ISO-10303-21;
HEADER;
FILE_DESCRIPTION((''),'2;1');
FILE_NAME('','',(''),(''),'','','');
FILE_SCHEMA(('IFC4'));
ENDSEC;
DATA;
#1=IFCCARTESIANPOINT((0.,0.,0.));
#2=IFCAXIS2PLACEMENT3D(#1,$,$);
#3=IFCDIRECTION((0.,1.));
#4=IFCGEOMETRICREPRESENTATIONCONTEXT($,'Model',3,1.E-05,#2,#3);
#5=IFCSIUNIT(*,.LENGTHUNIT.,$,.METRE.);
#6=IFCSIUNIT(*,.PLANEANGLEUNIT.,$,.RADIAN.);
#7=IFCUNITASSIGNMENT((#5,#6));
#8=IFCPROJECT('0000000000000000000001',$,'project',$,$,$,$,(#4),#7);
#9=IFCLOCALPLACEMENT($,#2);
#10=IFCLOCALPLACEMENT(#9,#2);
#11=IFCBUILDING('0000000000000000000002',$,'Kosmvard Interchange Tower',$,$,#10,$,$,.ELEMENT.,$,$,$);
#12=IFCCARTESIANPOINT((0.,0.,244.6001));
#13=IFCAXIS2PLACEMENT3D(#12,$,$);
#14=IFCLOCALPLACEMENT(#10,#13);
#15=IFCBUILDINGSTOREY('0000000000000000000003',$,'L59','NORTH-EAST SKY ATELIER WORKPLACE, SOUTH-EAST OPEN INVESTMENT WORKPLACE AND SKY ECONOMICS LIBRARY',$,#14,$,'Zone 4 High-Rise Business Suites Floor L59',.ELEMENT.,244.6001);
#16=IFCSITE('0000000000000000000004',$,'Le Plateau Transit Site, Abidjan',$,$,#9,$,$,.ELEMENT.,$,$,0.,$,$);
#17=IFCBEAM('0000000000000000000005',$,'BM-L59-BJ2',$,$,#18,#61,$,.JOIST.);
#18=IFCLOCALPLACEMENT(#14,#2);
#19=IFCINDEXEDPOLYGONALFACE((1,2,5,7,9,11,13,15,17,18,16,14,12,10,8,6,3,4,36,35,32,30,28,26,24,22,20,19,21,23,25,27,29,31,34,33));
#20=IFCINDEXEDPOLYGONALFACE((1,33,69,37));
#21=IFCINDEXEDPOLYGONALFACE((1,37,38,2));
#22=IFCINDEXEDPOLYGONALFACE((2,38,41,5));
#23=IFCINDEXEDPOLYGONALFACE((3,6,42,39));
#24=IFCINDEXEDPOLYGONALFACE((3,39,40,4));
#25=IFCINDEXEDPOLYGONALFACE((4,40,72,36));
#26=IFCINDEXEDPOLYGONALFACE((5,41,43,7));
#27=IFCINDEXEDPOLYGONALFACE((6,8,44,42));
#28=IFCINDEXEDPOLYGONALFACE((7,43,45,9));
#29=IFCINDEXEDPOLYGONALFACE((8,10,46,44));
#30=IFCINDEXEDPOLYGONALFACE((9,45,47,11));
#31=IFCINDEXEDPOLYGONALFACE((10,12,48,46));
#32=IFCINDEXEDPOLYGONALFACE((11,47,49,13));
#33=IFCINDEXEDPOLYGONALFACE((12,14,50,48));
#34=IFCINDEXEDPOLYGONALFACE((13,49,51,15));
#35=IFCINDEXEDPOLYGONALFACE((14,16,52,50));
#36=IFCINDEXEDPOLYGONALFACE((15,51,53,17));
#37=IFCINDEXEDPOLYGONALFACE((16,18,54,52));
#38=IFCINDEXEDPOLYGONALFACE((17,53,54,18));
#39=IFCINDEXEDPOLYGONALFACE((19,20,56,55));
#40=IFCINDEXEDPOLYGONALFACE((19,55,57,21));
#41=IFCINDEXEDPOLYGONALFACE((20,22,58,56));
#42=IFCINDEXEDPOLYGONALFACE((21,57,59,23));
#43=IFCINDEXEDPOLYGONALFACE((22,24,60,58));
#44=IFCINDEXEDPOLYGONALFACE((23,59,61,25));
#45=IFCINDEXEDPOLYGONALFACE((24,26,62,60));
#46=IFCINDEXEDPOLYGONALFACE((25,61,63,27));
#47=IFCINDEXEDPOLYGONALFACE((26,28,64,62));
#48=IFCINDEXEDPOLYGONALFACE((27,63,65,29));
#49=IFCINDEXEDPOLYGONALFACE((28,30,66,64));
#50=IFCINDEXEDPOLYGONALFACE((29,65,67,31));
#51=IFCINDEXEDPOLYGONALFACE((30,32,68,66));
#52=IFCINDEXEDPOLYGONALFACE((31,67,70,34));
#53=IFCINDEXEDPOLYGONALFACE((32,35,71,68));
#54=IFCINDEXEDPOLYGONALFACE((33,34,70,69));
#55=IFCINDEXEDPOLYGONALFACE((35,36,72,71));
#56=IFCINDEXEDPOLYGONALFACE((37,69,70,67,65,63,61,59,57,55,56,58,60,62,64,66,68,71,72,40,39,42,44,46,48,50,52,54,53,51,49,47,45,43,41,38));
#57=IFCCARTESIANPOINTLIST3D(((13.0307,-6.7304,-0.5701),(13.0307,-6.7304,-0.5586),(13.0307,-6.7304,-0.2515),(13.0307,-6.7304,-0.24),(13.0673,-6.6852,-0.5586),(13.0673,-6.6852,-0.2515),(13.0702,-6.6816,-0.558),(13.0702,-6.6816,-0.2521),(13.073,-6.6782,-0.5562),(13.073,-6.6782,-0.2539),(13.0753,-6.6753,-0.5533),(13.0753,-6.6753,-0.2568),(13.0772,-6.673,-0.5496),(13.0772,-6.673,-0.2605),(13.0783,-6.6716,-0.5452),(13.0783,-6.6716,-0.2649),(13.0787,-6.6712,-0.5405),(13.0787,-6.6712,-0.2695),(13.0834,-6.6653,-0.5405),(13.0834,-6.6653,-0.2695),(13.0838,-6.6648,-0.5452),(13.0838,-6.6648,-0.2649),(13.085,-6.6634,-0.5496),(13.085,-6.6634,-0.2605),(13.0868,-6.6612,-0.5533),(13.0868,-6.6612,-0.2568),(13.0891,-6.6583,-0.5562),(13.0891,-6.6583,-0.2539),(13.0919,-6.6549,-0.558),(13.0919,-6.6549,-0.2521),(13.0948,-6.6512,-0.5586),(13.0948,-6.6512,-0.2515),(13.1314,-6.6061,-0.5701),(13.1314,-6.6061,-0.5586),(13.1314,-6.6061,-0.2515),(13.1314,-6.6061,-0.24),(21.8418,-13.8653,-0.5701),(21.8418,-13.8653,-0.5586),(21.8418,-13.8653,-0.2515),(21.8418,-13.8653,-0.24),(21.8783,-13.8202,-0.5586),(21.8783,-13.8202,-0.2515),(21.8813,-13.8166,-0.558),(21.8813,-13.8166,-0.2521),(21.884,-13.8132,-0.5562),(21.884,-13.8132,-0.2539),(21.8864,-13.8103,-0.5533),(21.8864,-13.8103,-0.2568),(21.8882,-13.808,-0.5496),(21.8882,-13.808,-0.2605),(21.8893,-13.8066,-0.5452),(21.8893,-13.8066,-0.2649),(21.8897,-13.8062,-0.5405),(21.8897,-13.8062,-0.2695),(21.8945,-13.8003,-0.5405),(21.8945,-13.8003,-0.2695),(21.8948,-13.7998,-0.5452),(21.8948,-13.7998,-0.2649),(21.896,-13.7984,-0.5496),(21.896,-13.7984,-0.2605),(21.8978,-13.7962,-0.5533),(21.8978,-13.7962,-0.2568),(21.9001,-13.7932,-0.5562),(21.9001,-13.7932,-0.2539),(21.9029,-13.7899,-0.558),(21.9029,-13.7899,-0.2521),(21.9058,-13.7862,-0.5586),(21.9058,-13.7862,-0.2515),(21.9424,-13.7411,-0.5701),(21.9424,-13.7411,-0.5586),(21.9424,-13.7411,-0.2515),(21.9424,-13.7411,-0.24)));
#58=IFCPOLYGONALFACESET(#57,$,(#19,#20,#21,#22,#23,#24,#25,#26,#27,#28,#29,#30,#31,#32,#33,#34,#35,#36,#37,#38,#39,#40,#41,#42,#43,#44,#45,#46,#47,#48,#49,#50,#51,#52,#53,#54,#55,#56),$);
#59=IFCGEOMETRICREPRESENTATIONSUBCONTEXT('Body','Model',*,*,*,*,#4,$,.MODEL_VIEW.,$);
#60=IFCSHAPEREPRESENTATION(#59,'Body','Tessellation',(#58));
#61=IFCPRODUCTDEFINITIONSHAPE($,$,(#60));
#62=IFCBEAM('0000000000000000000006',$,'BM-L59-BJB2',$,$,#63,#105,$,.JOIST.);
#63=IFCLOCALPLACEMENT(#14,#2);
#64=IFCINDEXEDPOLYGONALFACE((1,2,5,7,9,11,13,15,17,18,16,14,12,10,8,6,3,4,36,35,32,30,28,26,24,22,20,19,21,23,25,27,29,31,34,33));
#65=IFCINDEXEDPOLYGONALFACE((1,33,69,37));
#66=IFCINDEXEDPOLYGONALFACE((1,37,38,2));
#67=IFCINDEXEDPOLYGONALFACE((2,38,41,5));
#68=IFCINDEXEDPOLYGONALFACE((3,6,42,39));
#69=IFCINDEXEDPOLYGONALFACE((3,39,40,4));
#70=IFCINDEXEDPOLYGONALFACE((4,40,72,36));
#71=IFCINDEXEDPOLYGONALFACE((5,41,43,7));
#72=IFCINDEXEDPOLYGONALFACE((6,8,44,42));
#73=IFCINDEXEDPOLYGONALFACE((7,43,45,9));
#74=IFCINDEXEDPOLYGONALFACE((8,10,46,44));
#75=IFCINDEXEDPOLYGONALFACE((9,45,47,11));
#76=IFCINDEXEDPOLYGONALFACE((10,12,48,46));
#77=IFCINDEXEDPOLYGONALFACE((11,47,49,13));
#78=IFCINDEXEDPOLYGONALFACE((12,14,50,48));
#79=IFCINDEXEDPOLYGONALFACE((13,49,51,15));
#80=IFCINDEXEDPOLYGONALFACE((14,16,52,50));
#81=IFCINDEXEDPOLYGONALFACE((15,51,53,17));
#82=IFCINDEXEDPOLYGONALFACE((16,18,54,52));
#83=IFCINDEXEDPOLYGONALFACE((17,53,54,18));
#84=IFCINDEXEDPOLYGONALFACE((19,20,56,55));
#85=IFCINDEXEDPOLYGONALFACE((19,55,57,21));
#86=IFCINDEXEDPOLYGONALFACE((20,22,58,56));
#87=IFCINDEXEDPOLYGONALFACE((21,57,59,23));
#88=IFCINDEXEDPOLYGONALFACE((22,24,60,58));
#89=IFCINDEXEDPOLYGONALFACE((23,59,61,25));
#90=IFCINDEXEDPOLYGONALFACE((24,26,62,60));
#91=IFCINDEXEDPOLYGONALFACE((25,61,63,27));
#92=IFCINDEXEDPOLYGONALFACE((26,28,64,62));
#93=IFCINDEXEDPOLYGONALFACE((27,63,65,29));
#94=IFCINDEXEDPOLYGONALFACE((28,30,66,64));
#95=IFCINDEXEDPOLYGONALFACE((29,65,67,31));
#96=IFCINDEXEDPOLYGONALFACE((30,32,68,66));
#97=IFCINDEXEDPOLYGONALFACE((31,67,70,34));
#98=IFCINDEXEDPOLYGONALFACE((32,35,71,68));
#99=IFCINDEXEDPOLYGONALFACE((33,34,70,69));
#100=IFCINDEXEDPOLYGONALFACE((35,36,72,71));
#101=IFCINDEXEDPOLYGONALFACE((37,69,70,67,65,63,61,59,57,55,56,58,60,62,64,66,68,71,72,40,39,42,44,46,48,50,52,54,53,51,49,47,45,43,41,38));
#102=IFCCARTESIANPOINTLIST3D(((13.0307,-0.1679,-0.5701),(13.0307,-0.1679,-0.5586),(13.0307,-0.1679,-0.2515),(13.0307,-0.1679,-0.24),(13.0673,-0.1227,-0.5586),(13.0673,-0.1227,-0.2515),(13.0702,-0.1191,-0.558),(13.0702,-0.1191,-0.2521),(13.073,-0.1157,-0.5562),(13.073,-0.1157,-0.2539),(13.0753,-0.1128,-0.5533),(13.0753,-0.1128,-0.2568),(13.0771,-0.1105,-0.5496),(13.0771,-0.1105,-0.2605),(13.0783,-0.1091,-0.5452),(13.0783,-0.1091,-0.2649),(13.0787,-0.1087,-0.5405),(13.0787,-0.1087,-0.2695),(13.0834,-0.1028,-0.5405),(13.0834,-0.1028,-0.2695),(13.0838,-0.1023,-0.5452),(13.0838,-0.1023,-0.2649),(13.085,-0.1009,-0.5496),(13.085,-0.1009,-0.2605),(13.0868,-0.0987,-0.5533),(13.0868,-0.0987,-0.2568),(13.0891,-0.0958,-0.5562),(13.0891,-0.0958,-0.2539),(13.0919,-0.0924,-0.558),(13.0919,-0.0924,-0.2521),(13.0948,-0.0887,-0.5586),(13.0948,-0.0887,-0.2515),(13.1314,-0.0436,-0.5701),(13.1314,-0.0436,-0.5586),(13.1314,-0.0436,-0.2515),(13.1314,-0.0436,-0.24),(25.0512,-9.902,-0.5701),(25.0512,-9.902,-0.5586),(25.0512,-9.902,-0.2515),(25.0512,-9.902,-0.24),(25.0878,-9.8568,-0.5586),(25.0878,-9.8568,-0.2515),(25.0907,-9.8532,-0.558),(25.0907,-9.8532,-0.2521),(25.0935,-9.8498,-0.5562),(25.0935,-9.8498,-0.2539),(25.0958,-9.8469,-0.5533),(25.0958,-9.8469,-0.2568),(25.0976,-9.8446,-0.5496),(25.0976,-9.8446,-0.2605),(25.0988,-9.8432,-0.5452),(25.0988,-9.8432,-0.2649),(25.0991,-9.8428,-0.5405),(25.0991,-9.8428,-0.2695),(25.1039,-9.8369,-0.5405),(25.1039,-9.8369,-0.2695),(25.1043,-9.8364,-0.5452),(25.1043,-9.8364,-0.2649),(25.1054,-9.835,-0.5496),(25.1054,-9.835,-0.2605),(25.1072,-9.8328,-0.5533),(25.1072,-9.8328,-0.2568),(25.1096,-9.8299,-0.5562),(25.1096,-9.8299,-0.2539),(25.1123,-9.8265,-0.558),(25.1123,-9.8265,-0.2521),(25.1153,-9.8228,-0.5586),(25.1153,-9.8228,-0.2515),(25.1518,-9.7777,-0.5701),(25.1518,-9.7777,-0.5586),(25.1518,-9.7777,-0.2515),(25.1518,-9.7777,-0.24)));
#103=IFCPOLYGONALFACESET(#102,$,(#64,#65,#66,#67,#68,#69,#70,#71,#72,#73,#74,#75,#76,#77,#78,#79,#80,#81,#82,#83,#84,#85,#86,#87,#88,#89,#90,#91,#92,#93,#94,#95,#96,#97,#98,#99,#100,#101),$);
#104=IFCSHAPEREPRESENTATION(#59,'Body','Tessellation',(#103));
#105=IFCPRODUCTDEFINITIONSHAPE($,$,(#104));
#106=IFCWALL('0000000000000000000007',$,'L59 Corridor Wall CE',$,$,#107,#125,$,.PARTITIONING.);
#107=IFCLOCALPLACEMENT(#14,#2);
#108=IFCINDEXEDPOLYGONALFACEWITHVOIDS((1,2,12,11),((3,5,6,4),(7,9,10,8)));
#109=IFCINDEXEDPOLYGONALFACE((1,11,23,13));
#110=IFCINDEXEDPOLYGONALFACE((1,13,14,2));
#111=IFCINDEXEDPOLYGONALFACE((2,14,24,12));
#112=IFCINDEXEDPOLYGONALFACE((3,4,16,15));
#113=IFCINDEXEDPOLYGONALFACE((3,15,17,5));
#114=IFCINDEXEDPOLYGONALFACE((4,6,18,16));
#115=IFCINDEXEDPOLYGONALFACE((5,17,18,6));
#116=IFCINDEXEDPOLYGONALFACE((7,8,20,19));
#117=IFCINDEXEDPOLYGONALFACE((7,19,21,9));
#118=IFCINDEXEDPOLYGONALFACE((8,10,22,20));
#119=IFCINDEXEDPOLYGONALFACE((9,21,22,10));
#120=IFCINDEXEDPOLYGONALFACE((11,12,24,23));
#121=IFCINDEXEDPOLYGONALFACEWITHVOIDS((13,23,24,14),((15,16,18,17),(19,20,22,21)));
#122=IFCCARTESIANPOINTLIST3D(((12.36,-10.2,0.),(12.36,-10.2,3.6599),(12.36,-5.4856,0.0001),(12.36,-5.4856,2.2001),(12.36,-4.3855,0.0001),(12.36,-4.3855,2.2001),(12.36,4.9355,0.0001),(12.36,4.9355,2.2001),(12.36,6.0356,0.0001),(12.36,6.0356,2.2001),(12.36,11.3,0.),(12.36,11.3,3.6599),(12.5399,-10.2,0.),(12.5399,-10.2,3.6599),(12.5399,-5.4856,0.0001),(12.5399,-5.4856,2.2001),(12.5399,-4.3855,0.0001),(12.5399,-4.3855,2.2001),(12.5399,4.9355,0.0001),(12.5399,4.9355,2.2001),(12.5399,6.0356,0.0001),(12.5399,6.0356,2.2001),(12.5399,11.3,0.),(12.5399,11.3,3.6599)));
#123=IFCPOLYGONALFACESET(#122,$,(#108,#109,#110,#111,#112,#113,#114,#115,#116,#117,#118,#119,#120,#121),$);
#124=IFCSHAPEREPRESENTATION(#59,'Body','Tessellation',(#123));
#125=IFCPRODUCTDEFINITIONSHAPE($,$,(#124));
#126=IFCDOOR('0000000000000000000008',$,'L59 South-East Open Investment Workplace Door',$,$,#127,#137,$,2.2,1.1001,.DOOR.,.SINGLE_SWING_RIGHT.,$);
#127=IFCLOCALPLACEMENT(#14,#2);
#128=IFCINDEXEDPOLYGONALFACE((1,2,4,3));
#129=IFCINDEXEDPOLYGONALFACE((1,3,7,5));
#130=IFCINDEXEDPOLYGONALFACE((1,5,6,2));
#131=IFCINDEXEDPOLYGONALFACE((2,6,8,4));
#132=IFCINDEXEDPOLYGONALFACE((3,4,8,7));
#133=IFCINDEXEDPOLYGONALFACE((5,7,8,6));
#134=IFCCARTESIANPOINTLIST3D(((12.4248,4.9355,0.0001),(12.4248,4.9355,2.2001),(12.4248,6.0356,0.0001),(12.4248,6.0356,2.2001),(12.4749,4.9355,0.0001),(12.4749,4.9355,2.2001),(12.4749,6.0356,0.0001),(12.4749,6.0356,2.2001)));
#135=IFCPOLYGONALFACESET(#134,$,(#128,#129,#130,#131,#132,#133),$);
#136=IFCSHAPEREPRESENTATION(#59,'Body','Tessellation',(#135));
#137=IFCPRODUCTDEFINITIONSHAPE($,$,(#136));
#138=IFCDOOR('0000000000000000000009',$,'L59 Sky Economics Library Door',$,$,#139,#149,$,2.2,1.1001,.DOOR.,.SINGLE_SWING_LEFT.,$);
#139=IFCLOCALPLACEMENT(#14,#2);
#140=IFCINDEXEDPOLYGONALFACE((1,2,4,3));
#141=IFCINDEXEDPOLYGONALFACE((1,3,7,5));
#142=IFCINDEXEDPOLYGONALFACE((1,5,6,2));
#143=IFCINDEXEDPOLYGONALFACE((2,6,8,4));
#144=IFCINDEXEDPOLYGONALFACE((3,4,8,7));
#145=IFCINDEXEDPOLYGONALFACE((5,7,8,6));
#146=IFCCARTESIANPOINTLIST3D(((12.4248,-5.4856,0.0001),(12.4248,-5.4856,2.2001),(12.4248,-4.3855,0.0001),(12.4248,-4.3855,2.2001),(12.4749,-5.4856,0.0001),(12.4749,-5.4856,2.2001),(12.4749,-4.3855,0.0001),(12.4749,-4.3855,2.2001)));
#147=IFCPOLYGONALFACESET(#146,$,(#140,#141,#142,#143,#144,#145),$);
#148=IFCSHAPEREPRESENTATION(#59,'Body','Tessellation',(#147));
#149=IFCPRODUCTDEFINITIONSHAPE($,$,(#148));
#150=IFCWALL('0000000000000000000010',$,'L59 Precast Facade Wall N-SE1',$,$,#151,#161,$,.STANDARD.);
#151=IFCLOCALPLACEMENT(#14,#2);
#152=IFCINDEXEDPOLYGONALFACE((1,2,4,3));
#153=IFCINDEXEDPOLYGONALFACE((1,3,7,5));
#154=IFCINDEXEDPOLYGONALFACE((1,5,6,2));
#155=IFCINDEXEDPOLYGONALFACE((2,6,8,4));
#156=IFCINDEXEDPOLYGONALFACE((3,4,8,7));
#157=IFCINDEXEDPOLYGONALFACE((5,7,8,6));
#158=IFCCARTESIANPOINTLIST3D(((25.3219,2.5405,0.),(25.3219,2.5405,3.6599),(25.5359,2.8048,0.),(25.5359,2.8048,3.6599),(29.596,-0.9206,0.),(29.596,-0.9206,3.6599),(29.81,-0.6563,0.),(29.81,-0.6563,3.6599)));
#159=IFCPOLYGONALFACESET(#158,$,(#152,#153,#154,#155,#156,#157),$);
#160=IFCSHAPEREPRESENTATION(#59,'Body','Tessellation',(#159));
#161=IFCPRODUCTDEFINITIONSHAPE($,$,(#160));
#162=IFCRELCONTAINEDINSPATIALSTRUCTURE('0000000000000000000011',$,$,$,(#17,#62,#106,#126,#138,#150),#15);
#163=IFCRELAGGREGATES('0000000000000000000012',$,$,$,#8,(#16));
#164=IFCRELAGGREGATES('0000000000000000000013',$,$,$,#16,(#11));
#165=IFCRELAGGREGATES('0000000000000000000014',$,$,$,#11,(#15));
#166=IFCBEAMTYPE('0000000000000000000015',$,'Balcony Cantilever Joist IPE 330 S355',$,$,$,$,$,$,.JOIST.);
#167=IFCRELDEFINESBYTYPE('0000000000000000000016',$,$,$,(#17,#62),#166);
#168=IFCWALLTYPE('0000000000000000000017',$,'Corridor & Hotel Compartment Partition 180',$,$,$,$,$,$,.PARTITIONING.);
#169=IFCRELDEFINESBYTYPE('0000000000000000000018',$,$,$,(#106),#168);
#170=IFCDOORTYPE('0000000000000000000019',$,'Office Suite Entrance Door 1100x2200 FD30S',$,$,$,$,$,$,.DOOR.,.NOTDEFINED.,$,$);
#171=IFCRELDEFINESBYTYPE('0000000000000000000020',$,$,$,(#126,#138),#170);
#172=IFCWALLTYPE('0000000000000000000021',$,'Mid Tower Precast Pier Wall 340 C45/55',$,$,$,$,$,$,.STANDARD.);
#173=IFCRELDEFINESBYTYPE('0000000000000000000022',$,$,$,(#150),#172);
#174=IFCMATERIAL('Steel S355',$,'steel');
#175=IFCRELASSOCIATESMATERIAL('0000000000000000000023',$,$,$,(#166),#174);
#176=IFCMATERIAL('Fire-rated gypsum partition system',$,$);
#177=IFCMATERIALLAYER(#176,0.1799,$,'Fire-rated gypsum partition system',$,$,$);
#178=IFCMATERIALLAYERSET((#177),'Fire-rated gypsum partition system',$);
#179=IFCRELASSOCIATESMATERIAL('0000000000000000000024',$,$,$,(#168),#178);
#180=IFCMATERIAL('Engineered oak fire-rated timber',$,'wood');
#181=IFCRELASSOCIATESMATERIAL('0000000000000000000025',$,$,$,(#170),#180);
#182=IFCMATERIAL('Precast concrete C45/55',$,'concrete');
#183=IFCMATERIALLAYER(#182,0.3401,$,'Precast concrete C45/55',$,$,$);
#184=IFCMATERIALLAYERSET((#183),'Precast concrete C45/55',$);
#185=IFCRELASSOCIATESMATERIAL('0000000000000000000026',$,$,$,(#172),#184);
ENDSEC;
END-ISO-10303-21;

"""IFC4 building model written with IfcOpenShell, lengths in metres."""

from ifc_helpers import new_model, si_unit, direction, frame, frame_2d, origin, origin_2d, place, context, subcontext, project, spatial, rectangle, i_section, extrude, source, transform, mapped, material, layer, layer_set, material_profile, profile_set, type_object, element, fill, save


model = new_model("IFC4")

# Units and contexts
model_context = context("Model", 3, precision=1e-05, world=origin(), true_north=direction((0.0, 1.0)))
body_context = subcontext(model_context, "Body", "Model", "MODEL_VIEW")
ifc_project = project(units=[si_unit("LENGTHUNIT", "METRE"), si_unit("PLANEANGLEUNIT", "RADIAN")], contexts=[model_context])

# Site, building, storey
site_placement = place(None, origin())
site = spatial("IfcSite", under=ifc_project, at=site_placement, Name="Le Plateau Transit Site, Abidjan", CompositionType="ELEMENT", RefElevation=0.0)
building_placement = place(site_placement, origin())
building = spatial("IfcBuilding", under=site, at=building_placement, Name="Kosmvard Interchange Tower", CompositionType="ELEMENT")
storey_placement = place(building_placement, frame((0.0, 0.0, 244.6001)))
storey = spatial("IfcBuildingStorey", under=building, at=storey_placement, Name="L59", Description="NORTH-EAST SKY ATELIER WORKPLACE, SOUTH-EAST OPEN INVESTMENT WORKPLACE AND SKY ECONOMICS LIBRARY", LongName="Zone 4 High-Rise Business Suites Floor L59", CompositionType="ELEMENT", Elevation=244.6001)

# Beams
ifc_material_1 = material(Name="Steel S355", Category="steel")
ifc_material_2 = material(Name="Precast concrete C45/55", Category="concrete")
ifc_material_profile_1 = material_profile(ifc_material_1, i_section(OverallWidth=0.1599, OverallDepth=0.3301, WebThickness=0.0076, FlangeThickness=0.0115, FilletRadius=0.0181, at=origin_2d()), Name="IPE 330")
ifc_profile_set_1 = profile_set([ifc_material_profile_1], Name="Steel S355")
beam_type_1 = type_object("IfcBeamType", Name="Balcony Cantilever Joist IPE 330 S355", PredefinedType="JOIST", material=ifc_profile_set_1)
shared_shape_1 = source(origin(), body_context, "Body", "SweptSolid", [
    extrude(i_section(OverallWidth=0.1599, OverallDepth=0.3301, WebThickness=0.0076, FlangeThickness=0.0115, FilletRadius=0.0181, at=origin_2d()), origin(), (0.0, 0.0, 1.0), 11.3376),
])
beam_1_placement = place(storey_placement, frame((13.0811, -6.6682, -0.405), z_axis=(0.777147, -0.629319, 0.0), x_axis=(0.629319, 0.777147, 0.0)))
element("IfcBeam", 1, at=beam_1_placement, inside=storey, type_object=beam_type_1, Name="BM-L59-BJ2", PredefinedType="JOIST", context=body_context, shape_type="MappedRepresentation", body=[
    mapped(shared_shape_1, transform((0.0, 0.0, 0.0), scale=1.0)),
])
shared_shape_2 = source(origin(), body_context, "Body", "SweptSolid", [
    extrude(i_section(OverallWidth=0.1599, OverallDepth=0.3301, WebThickness=0.0076, FlangeThickness=0.0115, FilletRadius=0.0181, at=origin_2d()), origin(), (0.0, 0.0, 1.0), 15.4675),
])
beam_2_placement = place(storey_placement, frame((13.0811, -0.1057, -0.405), z_axis=(0.777142, -0.629325, 0.0), x_axis=(0.629325, 0.777142, 0.0)))
element("IfcBeam", 2, at=beam_2_placement, inside=storey, type_object=beam_type_1, Name="BM-L59-BJB2", PredefinedType="JOIST", context=body_context, shape_type="MappedRepresentation", body=[
    mapped(shared_shape_2, transform((0.0, 0.0, 0.0), scale=1.0)),
])

# Wall, openings, doors
ifc_material_3 = material(Name="Fire-rated gypsum partition system")
ifc_layer_1 = layer(ifc_material_3, 0.1799, Name="Fire-rated gypsum partition system")
ifc_layer_set_1 = layer_set([ifc_layer_1], Name="Fire-rated gypsum partition system")
wall_type_1 = type_object("IfcWallType", Name="Corridor & Hotel Compartment Partition 180", PredefinedType="PARTITIONING", material=ifc_layer_set_1)
wall_1_placement = place(storey_placement, frame((12.45, -10.2, 0.0), z_axis=(0.0, 0.0, 1.0), x_axis=(0.0, 1.0, 0.0)))
wall_1 = element("IfcWall", 3, at=wall_1_placement, inside=storey, type_object=wall_type_1, Name="L59 Corridor Wall CE", PredefinedType="PARTITIONING", context=body_context, shape_type="SweptSolid", body=[
    extrude(rectangle(XDim=21.5, YDim=0.1799, at=frame_2d((10.75, 0.0))), origin(), (0.0, 0.0, 1.0), 3.6599),
])
opening_1_placement = place(wall_1_placement, frame((15.1355, 0.0, 0.0)))
opening_1 = element("IfcOpeningElement", 4, at=opening_1_placement, cuts=wall_1, PredefinedType="OPENING", context=body_context, shape_type="SweptSolid", body=[
    extrude(rectangle(XDim=1.1001, YDim=2.2, at=frame_2d((0.55, 1.1001))), frame((0.0, 0.1001, 0.0), z_axis=(0.0, -1.0, 0.0), x_axis=(1.0, 0.0, 0.0)), (0.0, 0.0, 1.0), 0.2),
])
opening_2_placement = place(wall_1_placement, frame((4.7144, 0.0, 0.0)))
opening_2 = element("IfcOpeningElement", 5, at=opening_2_placement, cuts=wall_1, PredefinedType="OPENING", context=body_context, shape_type="SweptSolid", body=[
    extrude(rectangle(XDim=1.1001, YDim=2.2, at=frame_2d((0.55, 1.1001))), frame((0.0, 0.1001, 0.0), z_axis=(0.0, -1.0, 0.0), x_axis=(1.0, 0.0, 0.0)), (0.0, 0.0, 1.0), 0.2),
])
ifc_material_4 = material(Name="Engineered oak fire-rated timber", Category="wood")
door_type = type_object("IfcDoorType", Name="Office Suite Entrance Door 1100x2200 FD30S", OperationType="NOTDEFINED", PredefinedType="DOOR", material=ifc_material_4)
shared_shape_3 = source(origin(), body_context, "Body", "SweptSolid", [
    extrude(rectangle(XDim=1.1001, YDim=2.2, at=frame_2d((0.55, 1.1001))), frame((0.0, 0.0249, 0.0), z_axis=(0.0, -1.0, 0.0), x_axis=(1.0, 0.0, 0.0)), (0.0, 0.0, 1.0), 0.05),
])
door_1_placement = place(opening_1_placement, frame((1.1001, 0.0, 0.0), z_axis=(0.0, 0.0, 1.0), x_axis=(-1.0, 0.0, 0.0)))
door_1 = element("IfcDoor", 6, at=door_1_placement, inside=storey, type_object=door_type, Name="L59 South-East Open Investment Workplace Door", OperationType="SINGLE_SWING_RIGHT", OverallHeight=2.2, OverallWidth=1.1001, PredefinedType="DOOR", context=body_context, shape_type="MappedRepresentation", body=[
    mapped(shared_shape_3, transform((0.0, 0.0, 0.0), scale=1.0)),
])
fill(opening_1, door_1)
door_2_placement = place(opening_2_placement, frame((1.1001, 0.0, 0.0), z_axis=(0.0, 0.0, 1.0), x_axis=(-1.0, 0.0, 0.0)))
door_2 = element("IfcDoor", 7, at=door_2_placement, inside=storey, type_object=door_type, Name="L59 Sky Economics Library Door", OperationType="SINGLE_SWING_LEFT", OverallHeight=2.2, OverallWidth=1.1001, PredefinedType="DOOR", context=body_context, shape_type="MappedRepresentation", body=[
    mapped(shared_shape_3, transform((0.0, 0.0, 0.0), scale=1.0)),
])
fill(opening_2, door_2)

# Wall
ifc_layer_2 = layer(ifc_material_2, 0.3401, Name="Precast concrete C45/55")
ifc_layer_set_2 = layer_set([ifc_layer_2], Name="Precast concrete C45/55")
wall_type_2 = type_object("IfcWallType", Name="Mid Tower Precast Pier Wall 340 C45/55", PredefinedType="STANDARD", material=ifc_layer_set_2)
wall_2_placement = place(storey_placement, frame((29.7031, -0.7886, 0.0), z_axis=(0.0, 0.0, 1.0), x_axis=(-0.777144, 0.629323, 0.0)))
element("IfcWall", 8, at=wall_2_placement, inside=storey, type_object=wall_type_2, Name="L59 Precast Facade Wall N-SE1", PredefinedType="STANDARD", context=body_context, shape_type="SweptSolid", body=[
    extrude(rectangle(XDim=5.4998, YDim=0.3401, at=frame_2d((2.75, 0.0))), origin(), (0.0, 0.0, 1.0), 3.6599),
])

save(model, "model.ifc")
